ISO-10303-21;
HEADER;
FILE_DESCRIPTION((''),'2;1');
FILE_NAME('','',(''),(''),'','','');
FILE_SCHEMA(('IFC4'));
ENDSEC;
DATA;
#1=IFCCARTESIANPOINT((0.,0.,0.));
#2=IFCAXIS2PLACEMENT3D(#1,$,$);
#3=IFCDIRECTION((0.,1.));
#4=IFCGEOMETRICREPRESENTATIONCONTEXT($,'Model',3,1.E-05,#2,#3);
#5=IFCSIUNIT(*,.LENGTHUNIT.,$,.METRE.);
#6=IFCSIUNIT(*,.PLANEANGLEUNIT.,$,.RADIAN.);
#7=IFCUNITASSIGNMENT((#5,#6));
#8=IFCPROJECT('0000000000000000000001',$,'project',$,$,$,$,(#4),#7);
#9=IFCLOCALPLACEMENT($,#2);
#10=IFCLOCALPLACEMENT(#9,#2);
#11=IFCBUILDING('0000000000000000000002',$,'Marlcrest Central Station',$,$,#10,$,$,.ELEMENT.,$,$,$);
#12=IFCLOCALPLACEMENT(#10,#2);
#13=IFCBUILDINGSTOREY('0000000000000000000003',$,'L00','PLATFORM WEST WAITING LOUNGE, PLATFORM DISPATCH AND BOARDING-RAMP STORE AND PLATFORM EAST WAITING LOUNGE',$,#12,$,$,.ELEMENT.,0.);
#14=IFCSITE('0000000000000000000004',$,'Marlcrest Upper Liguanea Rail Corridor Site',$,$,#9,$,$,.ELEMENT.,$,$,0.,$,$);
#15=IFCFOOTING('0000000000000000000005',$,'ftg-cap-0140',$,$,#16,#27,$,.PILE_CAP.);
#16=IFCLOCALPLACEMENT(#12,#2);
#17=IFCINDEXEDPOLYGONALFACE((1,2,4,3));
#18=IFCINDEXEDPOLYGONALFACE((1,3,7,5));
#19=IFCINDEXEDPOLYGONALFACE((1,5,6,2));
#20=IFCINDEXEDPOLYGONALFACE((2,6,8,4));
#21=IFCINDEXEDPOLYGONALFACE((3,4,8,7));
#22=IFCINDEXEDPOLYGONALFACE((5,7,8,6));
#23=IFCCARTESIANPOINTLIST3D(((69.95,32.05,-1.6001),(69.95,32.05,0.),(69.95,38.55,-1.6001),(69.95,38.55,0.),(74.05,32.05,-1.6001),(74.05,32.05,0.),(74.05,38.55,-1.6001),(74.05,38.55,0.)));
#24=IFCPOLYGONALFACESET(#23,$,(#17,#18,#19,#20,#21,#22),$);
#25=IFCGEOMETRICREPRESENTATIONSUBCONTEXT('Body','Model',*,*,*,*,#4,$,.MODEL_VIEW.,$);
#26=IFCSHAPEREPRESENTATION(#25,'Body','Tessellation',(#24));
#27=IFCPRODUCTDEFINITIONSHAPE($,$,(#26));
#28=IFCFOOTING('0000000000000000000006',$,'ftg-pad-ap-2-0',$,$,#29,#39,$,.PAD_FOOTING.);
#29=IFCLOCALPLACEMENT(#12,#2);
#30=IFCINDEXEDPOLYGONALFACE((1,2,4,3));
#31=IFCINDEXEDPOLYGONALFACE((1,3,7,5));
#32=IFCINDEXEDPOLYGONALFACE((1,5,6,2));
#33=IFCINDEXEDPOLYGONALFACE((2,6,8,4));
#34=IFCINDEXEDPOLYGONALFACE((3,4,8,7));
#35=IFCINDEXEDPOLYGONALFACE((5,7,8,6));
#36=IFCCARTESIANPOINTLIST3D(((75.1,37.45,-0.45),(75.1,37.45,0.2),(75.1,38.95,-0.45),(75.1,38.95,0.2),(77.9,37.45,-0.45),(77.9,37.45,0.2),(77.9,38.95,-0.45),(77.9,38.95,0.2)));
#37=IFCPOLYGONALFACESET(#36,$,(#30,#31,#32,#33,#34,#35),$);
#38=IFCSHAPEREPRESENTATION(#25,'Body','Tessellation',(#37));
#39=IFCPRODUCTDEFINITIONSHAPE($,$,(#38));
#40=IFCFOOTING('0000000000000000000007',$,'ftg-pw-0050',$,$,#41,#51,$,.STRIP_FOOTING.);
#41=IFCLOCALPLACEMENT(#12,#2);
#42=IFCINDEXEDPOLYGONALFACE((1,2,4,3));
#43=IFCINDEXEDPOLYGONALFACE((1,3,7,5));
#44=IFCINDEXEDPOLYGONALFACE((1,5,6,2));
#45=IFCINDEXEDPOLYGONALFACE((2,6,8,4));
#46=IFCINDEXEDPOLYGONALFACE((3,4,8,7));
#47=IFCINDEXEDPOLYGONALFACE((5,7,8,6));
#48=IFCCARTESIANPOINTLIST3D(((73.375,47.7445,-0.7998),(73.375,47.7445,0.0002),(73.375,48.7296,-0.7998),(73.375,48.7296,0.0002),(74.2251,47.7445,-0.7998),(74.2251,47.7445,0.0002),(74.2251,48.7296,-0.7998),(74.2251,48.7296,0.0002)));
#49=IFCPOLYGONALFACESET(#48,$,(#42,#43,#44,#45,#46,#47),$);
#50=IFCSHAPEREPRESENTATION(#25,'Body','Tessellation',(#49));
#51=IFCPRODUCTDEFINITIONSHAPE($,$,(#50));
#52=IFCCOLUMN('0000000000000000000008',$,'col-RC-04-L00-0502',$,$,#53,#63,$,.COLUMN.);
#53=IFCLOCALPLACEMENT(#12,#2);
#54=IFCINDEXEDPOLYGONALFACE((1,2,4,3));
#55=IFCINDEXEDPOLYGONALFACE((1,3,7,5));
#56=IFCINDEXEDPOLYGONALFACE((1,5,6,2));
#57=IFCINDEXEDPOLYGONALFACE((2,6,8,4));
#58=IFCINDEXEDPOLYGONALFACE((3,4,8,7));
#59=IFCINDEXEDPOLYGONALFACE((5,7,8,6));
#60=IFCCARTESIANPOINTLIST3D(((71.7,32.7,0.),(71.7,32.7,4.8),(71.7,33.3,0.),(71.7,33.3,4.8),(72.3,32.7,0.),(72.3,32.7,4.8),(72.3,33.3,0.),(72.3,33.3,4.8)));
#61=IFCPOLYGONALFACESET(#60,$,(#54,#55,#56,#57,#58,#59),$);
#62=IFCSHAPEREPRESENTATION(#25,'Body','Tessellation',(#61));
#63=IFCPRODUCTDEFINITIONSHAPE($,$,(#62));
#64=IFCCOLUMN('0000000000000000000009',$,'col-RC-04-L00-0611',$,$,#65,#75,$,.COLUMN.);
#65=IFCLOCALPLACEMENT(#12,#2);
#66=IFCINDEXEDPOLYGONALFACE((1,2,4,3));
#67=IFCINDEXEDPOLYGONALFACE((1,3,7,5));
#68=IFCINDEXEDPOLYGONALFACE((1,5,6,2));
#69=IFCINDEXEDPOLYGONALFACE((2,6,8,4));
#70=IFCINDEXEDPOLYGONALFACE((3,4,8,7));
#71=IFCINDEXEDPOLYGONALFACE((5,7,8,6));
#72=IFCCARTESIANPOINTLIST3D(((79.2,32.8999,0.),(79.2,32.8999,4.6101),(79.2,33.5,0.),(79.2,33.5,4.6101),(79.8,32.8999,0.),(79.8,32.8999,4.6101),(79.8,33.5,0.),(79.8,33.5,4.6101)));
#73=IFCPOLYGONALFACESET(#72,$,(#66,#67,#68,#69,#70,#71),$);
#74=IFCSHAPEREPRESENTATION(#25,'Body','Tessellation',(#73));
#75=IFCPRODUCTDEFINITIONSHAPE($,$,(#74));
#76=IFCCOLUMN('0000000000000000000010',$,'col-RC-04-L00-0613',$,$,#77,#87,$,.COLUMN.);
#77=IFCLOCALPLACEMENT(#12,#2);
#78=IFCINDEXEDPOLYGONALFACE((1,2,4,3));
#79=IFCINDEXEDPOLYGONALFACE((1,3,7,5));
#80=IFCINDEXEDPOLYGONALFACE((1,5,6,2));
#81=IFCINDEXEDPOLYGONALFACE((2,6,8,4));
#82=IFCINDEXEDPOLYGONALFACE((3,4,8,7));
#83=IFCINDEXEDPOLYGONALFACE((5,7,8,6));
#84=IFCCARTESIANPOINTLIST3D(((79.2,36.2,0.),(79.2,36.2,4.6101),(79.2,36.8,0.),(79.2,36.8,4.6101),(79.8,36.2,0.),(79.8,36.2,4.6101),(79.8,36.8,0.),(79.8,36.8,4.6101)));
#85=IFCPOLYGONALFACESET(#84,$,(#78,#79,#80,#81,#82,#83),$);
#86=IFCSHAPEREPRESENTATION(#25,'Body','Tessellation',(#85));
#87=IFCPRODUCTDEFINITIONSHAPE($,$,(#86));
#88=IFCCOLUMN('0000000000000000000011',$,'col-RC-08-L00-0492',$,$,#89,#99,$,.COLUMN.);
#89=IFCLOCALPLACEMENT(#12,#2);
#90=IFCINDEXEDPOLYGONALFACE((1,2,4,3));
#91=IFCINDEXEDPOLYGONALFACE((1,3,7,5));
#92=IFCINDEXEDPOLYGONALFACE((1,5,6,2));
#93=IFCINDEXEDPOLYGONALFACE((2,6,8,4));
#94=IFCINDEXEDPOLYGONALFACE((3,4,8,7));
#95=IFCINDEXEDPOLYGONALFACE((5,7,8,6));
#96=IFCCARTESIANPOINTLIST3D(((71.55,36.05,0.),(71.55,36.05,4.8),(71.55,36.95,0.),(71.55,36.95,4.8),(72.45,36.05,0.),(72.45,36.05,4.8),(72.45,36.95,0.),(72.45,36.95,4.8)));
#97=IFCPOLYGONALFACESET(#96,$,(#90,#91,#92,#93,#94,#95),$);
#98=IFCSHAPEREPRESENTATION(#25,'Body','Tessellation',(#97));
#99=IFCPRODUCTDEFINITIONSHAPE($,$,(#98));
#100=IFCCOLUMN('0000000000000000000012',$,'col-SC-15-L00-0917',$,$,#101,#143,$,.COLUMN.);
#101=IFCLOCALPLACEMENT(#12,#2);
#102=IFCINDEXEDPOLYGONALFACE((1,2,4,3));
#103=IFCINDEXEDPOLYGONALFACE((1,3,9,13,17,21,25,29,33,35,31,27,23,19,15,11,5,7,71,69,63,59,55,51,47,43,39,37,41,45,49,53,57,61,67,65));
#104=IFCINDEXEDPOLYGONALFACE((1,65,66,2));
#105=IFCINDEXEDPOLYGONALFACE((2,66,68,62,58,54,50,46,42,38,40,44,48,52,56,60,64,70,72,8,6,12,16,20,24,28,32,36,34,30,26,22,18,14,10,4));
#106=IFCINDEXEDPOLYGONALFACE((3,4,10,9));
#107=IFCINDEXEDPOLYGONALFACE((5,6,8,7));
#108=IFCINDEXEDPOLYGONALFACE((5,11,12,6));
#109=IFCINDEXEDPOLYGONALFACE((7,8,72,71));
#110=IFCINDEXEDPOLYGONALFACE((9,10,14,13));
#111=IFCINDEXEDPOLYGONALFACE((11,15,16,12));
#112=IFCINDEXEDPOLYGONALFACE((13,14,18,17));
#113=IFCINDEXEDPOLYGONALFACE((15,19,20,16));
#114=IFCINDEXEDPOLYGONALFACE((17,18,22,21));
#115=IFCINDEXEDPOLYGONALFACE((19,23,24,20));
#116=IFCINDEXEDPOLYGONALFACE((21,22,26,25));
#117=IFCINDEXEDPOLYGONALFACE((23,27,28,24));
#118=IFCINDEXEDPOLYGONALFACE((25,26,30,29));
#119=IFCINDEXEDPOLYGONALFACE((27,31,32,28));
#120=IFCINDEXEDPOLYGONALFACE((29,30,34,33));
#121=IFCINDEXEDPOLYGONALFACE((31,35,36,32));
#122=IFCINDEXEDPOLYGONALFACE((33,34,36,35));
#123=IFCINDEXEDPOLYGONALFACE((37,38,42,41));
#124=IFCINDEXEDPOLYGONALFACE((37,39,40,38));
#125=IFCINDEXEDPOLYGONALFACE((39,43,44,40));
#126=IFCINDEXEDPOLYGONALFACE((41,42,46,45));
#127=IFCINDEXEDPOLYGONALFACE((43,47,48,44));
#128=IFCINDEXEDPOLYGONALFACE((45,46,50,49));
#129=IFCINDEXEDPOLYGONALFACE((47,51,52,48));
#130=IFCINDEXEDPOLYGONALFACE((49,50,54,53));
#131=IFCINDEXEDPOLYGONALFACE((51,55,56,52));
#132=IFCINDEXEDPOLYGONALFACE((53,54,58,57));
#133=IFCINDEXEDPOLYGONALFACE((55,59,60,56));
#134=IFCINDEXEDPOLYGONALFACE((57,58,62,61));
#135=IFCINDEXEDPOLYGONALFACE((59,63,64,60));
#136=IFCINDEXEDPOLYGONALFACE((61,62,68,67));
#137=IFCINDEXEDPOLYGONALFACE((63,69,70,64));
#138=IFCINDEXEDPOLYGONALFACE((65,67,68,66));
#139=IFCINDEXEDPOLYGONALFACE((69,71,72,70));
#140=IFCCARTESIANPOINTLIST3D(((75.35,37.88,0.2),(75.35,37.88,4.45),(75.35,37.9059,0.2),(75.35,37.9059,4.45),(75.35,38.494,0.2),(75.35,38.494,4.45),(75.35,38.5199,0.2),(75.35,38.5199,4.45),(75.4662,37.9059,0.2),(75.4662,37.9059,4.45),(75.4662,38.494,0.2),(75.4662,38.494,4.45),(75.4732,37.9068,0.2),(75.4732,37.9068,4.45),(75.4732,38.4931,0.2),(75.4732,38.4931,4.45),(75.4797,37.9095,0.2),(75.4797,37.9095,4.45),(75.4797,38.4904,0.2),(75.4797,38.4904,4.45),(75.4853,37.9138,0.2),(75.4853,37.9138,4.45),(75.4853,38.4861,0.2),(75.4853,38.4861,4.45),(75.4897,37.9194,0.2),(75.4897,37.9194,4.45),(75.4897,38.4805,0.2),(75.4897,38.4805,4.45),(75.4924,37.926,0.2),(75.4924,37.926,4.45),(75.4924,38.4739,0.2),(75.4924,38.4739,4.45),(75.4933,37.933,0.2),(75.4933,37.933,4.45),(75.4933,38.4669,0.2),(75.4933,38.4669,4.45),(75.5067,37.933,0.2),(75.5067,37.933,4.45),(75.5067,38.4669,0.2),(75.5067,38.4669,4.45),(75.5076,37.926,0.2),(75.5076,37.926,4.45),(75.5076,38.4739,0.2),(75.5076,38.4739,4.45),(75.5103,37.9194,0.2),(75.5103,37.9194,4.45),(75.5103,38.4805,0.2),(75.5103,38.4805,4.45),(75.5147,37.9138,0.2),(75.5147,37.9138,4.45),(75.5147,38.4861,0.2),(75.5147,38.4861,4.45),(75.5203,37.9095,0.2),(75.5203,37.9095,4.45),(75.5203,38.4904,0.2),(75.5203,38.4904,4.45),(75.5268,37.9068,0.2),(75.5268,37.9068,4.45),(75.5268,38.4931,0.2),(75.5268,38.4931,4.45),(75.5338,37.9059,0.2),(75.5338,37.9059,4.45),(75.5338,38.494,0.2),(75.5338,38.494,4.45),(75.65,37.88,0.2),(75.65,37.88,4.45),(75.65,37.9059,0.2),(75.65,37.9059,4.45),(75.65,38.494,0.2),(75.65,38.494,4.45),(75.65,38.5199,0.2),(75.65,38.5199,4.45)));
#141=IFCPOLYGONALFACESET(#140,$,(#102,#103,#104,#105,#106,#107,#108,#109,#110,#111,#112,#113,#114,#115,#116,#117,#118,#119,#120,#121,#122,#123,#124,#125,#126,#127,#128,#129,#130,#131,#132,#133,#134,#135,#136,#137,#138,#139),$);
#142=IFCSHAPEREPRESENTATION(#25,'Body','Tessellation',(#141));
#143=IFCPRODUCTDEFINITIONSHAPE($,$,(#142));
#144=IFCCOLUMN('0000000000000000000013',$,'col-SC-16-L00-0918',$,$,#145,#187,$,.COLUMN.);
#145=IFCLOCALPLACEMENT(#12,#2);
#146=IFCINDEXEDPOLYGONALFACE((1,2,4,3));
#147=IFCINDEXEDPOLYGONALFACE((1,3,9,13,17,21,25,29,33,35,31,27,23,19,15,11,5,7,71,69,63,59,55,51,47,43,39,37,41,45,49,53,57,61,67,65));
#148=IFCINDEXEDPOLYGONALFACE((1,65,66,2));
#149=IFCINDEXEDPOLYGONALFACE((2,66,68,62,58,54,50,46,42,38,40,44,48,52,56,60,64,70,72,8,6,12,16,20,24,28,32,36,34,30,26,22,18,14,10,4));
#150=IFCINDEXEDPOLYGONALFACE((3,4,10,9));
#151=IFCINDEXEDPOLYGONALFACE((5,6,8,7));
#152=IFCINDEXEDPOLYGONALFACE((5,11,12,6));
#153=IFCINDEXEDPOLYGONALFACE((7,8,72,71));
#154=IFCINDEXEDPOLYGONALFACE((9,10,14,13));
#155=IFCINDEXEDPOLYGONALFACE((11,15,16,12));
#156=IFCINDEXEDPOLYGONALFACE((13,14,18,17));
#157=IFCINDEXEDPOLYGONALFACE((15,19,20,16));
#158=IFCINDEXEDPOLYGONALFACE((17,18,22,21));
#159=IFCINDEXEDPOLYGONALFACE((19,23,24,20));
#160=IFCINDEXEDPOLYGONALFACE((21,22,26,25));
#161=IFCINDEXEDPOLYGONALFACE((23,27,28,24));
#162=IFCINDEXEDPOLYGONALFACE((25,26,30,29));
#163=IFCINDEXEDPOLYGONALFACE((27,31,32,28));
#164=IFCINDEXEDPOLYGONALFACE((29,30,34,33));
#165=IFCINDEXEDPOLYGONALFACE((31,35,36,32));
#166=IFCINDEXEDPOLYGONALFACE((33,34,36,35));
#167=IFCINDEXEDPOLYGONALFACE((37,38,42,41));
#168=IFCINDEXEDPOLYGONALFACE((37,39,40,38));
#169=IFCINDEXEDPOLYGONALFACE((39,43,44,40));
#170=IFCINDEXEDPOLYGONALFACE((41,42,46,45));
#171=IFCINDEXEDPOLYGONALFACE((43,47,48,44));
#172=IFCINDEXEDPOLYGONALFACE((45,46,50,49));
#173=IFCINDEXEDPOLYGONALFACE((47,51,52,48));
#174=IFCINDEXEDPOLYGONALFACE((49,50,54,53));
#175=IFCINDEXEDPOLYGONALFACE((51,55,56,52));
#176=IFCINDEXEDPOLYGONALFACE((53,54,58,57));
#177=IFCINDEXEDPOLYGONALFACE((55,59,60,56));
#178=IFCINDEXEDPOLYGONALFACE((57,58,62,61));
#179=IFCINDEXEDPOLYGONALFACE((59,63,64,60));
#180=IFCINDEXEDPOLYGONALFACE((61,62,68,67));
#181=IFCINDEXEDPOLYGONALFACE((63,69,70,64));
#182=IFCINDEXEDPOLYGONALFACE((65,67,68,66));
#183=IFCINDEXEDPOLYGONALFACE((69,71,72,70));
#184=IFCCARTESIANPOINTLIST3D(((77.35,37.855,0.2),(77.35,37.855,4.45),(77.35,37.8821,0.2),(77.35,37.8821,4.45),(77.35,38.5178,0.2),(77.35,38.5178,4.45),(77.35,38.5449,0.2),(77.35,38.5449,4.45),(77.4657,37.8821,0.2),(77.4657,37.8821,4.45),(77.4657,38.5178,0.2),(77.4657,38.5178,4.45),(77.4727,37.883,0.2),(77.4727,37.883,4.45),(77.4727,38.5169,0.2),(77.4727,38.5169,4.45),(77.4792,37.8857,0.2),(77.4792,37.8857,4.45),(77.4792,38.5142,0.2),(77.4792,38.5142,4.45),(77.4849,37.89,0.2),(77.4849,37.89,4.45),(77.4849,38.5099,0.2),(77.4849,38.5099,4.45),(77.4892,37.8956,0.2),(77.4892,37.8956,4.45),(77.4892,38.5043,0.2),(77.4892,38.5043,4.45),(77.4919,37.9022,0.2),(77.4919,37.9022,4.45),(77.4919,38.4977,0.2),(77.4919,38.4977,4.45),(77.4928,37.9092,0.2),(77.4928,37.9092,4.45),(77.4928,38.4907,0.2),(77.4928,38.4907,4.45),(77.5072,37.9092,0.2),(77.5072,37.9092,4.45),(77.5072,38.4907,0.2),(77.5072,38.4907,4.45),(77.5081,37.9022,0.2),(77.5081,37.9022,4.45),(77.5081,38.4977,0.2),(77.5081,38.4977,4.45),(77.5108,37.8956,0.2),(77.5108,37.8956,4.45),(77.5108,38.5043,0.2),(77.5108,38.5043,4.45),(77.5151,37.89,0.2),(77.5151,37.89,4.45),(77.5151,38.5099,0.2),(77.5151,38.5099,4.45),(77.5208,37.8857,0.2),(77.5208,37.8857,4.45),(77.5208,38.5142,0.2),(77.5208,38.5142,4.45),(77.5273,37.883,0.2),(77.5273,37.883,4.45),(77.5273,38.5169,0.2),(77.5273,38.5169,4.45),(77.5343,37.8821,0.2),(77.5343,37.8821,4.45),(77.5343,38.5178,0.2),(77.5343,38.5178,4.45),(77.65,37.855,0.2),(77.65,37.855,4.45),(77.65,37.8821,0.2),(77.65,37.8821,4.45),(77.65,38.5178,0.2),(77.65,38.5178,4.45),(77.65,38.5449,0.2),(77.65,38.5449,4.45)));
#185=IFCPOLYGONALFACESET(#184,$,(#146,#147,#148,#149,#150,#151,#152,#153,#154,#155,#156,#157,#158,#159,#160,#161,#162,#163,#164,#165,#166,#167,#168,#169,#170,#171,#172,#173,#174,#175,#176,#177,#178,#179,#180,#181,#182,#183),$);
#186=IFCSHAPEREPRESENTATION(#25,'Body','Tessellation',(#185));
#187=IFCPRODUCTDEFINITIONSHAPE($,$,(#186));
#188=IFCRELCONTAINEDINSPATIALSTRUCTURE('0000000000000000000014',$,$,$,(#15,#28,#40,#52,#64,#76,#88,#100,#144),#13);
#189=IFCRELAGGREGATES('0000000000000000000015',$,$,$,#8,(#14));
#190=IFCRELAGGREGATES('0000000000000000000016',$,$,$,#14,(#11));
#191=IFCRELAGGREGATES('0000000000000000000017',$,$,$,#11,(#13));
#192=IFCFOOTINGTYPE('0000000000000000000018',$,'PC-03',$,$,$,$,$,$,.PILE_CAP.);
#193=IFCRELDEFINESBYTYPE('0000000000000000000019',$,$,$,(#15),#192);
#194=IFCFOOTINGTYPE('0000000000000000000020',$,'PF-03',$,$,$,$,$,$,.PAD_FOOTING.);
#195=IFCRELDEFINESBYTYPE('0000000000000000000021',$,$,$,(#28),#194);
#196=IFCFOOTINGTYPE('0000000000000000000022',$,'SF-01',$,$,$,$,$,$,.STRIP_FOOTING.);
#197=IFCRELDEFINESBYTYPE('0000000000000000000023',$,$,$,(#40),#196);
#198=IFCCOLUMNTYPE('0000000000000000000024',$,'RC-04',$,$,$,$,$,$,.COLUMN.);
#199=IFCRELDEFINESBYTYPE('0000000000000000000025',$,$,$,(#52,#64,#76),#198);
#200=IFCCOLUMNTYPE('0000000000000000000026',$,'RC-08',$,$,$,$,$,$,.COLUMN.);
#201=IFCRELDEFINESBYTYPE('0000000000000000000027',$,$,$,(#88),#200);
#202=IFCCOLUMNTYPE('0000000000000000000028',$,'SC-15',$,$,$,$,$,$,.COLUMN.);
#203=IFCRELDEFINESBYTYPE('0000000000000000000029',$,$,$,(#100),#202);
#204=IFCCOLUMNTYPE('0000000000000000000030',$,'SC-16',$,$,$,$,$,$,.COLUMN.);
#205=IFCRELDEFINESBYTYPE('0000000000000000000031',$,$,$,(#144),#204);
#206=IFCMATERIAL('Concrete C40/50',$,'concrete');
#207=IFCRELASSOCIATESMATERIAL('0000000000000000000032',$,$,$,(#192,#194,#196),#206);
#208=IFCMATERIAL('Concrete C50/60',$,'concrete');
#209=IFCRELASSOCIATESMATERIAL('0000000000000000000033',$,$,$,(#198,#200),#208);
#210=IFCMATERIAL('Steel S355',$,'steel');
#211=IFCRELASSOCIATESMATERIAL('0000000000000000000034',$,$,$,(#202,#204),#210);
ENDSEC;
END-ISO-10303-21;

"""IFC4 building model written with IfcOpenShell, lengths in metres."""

from ifc_helpers import new_model, si_unit, direction, frame, origin, origin_2d, place, context, subcontext, project, spatial, rectangle, i_section, extrude, material, material_profile, profile_set, type_object, element, save


model = new_model("IFC4")

# Units and contexts
model_context = context("Model", 3, precision=1e-05, world=origin(), true_north=direction((0.0, 1.0)))
body_context = subcontext(model_context, "Body", "Model", "MODEL_VIEW")
ifc_project = project(units=[si_unit("LENGTHUNIT", "METRE"), si_unit("PLANEANGLEUNIT", "RADIAN")], contexts=[model_context])

# Site, building, storey
site_placement = place(None, origin())
site = spatial("IfcSite", under=ifc_project, at=site_placement, Name="Marlcrest Upper Liguanea Rail Corridor Site", CompositionType="ELEMENT", RefElevation=0.0)
building_placement = place(site_placement, origin())
building = spatial("IfcBuilding", under=site, at=building_placement, Name="Marlcrest Central Station", CompositionType="ELEMENT")
storey_placement = place(building_placement, origin())
storey = spatial("IfcBuildingStorey", under=building, at=storey_placement, Name="L00", Description="PLATFORM WEST WAITING LOUNGE, PLATFORM DISPATCH AND BOARDING-RAMP STORE AND PLATFORM EAST WAITING LOUNGE", CompositionType="ELEMENT", Elevation=0.0)

# Footings
ifc_material_1 = material(Name="Concrete C40/50", Category="concrete")
footing_type_1 = type_object("IfcFootingType", Name="PC-03", PredefinedType="PILE_CAP", material=ifc_material_1)
footing_1_placement = place(storey_placement, frame((72.0, 35.3, -1.6001), z_axis=(0.0, 0.0, 1.0), x_axis=(1.0, 0.0, 0.0)))
element("IfcFooting", 1, at=footing_1_placement, inside=storey, type_object=footing_type_1, Name="ftg-cap-0140", PredefinedType="PILE_CAP", context=body_context, shape_type="SweptSolid", body=[
    extrude(rectangle(XDim=4.1001, YDim=6.5, at=origin_2d()), origin(), (0.0, 0.0, 1.0), 1.6001),
])
footing_type_2 = type_object("IfcFootingType", Name="PF-03", PredefinedType="PAD_FOOTING", material=ifc_material_1)
footing_2_placement = place(storey_placement, frame((76.5, 38.2, -0.45), z_axis=(0.0, 0.0, 1.0), x_axis=(1.0, 0.0, 0.0)))
element("IfcFooting", 2, at=footing_2_placement, inside=storey, type_object=footing_type_2, Name="ftg-pad-ap-2-0", PredefinedType="PAD_FOOTING", context=body_context, shape_type="SweptSolid", body=[
    extrude(rectangle(XDim=2.8, YDim=1.5, at=origin_2d()), origin(), (0.0, 0.0, 1.0), 0.6499),
])
footing_type_3 = type_object("IfcFootingType", Name="SF-01", PredefinedType="STRIP_FOOTING", material=ifc_material_1)
footing_3_placement = place(storey_placement, frame((73.8, 48.2371, -0.7998), z_axis=(0.0, 0.0, 1.0), x_axis=(1.0, 0.0, 0.0)))
element("IfcFooting", 3, at=footing_3_placement, inside=storey, type_object=footing_type_3, Name="ftg-pw-0050", PredefinedType="STRIP_FOOTING", context=body_context, shape_type="SweptSolid", body=[
    extrude(rectangle(XDim=0.8501, YDim=0.9851, at=origin_2d()), origin(), (0.0, 0.0, 1.0), 0.8),
])

# Columns
ifc_material_2 = material(Name="Concrete C50/60", Category="concrete")
ifc_material_profile_1 = material_profile(ifc_material_2, rectangle(XDim=0.6001, YDim=0.6001, at=origin_2d()), Name="RC 600x600")
ifc_profile_set_1 = profile_set([ifc_material_profile_1], Name="Concrete C50/60")
column_type_1 = type_object("IfcColumnType", Name="RC-04", PredefinedType="COLUMN", material=ifc_profile_set_1)
column_1_placement = place(storey_placement, frame((72.0, 33.0, 0.0), z_axis=(0.0, 0.0, 1.0), x_axis=(1.0, 0.0, 0.0)))
element("IfcColumn", 4, at=column_1_placement, inside=storey, type_object=column_type_1, Name="col-RC-04-L00-0502", PredefinedType="COLUMN", context=body_context, shape_type="SweptSolid", body=[
    extrude(rectangle(XDim=0.6001, YDim=0.6001, at=origin_2d()), origin(), (0.0, 0.0, 1.0), 4.8),
])
for number, where, z_axis, x_axis, name in (
    (5, (79.5, 33.2, 0.0), (0.0, 0.0, 1.0), (1.0, 0.0, 0.0), "col-RC-04-L00-0611"),
    (6, (79.5, 36.5, 0.0), (0.0, 0.0, 1.0), (1.0, 0.0, 0.0), "col-RC-04-L00-0613"),
):
    element("IfcColumn", number, at=place(storey_placement, frame(where, z_axis=z_axis, x_axis=x_axis)), inside=storey, type_object=column_type_1, Name=name, PredefinedType="COLUMN", context=body_context, shape_type="SweptSolid", body=[
        extrude(rectangle(XDim=0.6001, YDim=0.6001, at=origin_2d()), origin(), (0.0, 0.0, 1.0), 4.6101),
    ])
ifc_material_profile_2 = material_profile(ifc_material_2, rectangle(XDim=0.8999, YDim=0.8999, at=origin_2d()), Name="RC 900x900")
ifc_profile_set_2 = profile_set([ifc_material_profile_2], Name="Concrete C50/60")
column_type_2 = type_object("IfcColumnType", Name="RC-08", PredefinedType="COLUMN", material=ifc_profile_set_2)
column_2_placement = place(storey_placement, frame((72.0, 36.5, 0.0), z_axis=(0.0, 0.0, 1.0), x_axis=(1.0, 0.0, 0.0)))
element("IfcColumn", 7, at=column_2_placement, inside=storey, type_object=column_type_2, Name="col-RC-08-L00-0492", PredefinedType="COLUMN", context=body_context, shape_type="SweptSolid", body=[
    extrude(rectangle(XDim=0.8999, YDim=0.8999, at=origin_2d()), origin(), (0.0, 0.0, 1.0), 4.8),
])
ifc_material_3 = material(Name="Steel S355", Category="steel")
ifc_material_profile_3 = material_profile(ifc_material_3, i_section(OverallWidth=0.3, OverallDepth=0.6399, WebThickness=0.0134, FlangeThickness=0.0259, FilletRadius=0.0271, at=origin_2d()), Name="HEA 650")
ifc_profile_set_3 = profile_set([ifc_material_profile_3], Name="Steel S355")
column_type_3 = type_object("IfcColumnType", Name="SC-15", PredefinedType="COLUMN", material=ifc_profile_set_3)
column_3_placement = place(storey_placement, frame((75.5, 38.2, 0.2), z_axis=(0.0, 0.0, 1.0), x_axis=(1.0, 0.0, 0.0)))
element("IfcColumn", 8, at=column_3_placement, inside=storey, type_object=column_type_3, Name="col-SC-15-L00-0917", PredefinedType="COLUMN", context=body_context, shape_type="SweptSolid", body=[
    extrude(i_section(OverallWidth=0.3, OverallDepth=0.6399, WebThickness=0.0134, FlangeThickness=0.0259, FilletRadius=0.0271, at=origin_2d()), origin(), (0.0, 0.0, 1.0), 4.25),
])
ifc_material_profile_4 = material_profile(ifc_material_3, i_section(OverallWidth=0.3, OverallDepth=0.6899, WebThickness=0.0144, FlangeThickness=0.0271, FilletRadius=0.0271, at=origin_2d()), Name="HEA 700")
ifc_profile_set_4 = profile_set([ifc_material_profile_4], Name="Steel S355")
column_type_4 = type_object("IfcColumnType", Name="SC-16", PredefinedType="COLUMN", material=ifc_profile_set_4)
column_4_placement = place(storey_placement, frame((77.5, 38.2, 0.2), z_axis=(0.0, 0.0, 1.0), x_axis=(1.0, 0.0, 0.0)))
element("IfcColumn", 9, at=column_4_placement, inside=storey, type_object=column_type_4, Name="col-SC-16-L00-0918", PredefinedType="COLUMN", context=body_context, shape_type="SweptSolid", body=[
    extrude(i_section(OverallWidth=0.3, OverallDepth=0.6899, WebThickness=0.0144, FlangeThickness=0.0271, FilletRadius=0.0271, at=origin_2d()), origin(), (0.0, 0.0, 1.0), 4.25),
])

save(model, "model.ifc")
